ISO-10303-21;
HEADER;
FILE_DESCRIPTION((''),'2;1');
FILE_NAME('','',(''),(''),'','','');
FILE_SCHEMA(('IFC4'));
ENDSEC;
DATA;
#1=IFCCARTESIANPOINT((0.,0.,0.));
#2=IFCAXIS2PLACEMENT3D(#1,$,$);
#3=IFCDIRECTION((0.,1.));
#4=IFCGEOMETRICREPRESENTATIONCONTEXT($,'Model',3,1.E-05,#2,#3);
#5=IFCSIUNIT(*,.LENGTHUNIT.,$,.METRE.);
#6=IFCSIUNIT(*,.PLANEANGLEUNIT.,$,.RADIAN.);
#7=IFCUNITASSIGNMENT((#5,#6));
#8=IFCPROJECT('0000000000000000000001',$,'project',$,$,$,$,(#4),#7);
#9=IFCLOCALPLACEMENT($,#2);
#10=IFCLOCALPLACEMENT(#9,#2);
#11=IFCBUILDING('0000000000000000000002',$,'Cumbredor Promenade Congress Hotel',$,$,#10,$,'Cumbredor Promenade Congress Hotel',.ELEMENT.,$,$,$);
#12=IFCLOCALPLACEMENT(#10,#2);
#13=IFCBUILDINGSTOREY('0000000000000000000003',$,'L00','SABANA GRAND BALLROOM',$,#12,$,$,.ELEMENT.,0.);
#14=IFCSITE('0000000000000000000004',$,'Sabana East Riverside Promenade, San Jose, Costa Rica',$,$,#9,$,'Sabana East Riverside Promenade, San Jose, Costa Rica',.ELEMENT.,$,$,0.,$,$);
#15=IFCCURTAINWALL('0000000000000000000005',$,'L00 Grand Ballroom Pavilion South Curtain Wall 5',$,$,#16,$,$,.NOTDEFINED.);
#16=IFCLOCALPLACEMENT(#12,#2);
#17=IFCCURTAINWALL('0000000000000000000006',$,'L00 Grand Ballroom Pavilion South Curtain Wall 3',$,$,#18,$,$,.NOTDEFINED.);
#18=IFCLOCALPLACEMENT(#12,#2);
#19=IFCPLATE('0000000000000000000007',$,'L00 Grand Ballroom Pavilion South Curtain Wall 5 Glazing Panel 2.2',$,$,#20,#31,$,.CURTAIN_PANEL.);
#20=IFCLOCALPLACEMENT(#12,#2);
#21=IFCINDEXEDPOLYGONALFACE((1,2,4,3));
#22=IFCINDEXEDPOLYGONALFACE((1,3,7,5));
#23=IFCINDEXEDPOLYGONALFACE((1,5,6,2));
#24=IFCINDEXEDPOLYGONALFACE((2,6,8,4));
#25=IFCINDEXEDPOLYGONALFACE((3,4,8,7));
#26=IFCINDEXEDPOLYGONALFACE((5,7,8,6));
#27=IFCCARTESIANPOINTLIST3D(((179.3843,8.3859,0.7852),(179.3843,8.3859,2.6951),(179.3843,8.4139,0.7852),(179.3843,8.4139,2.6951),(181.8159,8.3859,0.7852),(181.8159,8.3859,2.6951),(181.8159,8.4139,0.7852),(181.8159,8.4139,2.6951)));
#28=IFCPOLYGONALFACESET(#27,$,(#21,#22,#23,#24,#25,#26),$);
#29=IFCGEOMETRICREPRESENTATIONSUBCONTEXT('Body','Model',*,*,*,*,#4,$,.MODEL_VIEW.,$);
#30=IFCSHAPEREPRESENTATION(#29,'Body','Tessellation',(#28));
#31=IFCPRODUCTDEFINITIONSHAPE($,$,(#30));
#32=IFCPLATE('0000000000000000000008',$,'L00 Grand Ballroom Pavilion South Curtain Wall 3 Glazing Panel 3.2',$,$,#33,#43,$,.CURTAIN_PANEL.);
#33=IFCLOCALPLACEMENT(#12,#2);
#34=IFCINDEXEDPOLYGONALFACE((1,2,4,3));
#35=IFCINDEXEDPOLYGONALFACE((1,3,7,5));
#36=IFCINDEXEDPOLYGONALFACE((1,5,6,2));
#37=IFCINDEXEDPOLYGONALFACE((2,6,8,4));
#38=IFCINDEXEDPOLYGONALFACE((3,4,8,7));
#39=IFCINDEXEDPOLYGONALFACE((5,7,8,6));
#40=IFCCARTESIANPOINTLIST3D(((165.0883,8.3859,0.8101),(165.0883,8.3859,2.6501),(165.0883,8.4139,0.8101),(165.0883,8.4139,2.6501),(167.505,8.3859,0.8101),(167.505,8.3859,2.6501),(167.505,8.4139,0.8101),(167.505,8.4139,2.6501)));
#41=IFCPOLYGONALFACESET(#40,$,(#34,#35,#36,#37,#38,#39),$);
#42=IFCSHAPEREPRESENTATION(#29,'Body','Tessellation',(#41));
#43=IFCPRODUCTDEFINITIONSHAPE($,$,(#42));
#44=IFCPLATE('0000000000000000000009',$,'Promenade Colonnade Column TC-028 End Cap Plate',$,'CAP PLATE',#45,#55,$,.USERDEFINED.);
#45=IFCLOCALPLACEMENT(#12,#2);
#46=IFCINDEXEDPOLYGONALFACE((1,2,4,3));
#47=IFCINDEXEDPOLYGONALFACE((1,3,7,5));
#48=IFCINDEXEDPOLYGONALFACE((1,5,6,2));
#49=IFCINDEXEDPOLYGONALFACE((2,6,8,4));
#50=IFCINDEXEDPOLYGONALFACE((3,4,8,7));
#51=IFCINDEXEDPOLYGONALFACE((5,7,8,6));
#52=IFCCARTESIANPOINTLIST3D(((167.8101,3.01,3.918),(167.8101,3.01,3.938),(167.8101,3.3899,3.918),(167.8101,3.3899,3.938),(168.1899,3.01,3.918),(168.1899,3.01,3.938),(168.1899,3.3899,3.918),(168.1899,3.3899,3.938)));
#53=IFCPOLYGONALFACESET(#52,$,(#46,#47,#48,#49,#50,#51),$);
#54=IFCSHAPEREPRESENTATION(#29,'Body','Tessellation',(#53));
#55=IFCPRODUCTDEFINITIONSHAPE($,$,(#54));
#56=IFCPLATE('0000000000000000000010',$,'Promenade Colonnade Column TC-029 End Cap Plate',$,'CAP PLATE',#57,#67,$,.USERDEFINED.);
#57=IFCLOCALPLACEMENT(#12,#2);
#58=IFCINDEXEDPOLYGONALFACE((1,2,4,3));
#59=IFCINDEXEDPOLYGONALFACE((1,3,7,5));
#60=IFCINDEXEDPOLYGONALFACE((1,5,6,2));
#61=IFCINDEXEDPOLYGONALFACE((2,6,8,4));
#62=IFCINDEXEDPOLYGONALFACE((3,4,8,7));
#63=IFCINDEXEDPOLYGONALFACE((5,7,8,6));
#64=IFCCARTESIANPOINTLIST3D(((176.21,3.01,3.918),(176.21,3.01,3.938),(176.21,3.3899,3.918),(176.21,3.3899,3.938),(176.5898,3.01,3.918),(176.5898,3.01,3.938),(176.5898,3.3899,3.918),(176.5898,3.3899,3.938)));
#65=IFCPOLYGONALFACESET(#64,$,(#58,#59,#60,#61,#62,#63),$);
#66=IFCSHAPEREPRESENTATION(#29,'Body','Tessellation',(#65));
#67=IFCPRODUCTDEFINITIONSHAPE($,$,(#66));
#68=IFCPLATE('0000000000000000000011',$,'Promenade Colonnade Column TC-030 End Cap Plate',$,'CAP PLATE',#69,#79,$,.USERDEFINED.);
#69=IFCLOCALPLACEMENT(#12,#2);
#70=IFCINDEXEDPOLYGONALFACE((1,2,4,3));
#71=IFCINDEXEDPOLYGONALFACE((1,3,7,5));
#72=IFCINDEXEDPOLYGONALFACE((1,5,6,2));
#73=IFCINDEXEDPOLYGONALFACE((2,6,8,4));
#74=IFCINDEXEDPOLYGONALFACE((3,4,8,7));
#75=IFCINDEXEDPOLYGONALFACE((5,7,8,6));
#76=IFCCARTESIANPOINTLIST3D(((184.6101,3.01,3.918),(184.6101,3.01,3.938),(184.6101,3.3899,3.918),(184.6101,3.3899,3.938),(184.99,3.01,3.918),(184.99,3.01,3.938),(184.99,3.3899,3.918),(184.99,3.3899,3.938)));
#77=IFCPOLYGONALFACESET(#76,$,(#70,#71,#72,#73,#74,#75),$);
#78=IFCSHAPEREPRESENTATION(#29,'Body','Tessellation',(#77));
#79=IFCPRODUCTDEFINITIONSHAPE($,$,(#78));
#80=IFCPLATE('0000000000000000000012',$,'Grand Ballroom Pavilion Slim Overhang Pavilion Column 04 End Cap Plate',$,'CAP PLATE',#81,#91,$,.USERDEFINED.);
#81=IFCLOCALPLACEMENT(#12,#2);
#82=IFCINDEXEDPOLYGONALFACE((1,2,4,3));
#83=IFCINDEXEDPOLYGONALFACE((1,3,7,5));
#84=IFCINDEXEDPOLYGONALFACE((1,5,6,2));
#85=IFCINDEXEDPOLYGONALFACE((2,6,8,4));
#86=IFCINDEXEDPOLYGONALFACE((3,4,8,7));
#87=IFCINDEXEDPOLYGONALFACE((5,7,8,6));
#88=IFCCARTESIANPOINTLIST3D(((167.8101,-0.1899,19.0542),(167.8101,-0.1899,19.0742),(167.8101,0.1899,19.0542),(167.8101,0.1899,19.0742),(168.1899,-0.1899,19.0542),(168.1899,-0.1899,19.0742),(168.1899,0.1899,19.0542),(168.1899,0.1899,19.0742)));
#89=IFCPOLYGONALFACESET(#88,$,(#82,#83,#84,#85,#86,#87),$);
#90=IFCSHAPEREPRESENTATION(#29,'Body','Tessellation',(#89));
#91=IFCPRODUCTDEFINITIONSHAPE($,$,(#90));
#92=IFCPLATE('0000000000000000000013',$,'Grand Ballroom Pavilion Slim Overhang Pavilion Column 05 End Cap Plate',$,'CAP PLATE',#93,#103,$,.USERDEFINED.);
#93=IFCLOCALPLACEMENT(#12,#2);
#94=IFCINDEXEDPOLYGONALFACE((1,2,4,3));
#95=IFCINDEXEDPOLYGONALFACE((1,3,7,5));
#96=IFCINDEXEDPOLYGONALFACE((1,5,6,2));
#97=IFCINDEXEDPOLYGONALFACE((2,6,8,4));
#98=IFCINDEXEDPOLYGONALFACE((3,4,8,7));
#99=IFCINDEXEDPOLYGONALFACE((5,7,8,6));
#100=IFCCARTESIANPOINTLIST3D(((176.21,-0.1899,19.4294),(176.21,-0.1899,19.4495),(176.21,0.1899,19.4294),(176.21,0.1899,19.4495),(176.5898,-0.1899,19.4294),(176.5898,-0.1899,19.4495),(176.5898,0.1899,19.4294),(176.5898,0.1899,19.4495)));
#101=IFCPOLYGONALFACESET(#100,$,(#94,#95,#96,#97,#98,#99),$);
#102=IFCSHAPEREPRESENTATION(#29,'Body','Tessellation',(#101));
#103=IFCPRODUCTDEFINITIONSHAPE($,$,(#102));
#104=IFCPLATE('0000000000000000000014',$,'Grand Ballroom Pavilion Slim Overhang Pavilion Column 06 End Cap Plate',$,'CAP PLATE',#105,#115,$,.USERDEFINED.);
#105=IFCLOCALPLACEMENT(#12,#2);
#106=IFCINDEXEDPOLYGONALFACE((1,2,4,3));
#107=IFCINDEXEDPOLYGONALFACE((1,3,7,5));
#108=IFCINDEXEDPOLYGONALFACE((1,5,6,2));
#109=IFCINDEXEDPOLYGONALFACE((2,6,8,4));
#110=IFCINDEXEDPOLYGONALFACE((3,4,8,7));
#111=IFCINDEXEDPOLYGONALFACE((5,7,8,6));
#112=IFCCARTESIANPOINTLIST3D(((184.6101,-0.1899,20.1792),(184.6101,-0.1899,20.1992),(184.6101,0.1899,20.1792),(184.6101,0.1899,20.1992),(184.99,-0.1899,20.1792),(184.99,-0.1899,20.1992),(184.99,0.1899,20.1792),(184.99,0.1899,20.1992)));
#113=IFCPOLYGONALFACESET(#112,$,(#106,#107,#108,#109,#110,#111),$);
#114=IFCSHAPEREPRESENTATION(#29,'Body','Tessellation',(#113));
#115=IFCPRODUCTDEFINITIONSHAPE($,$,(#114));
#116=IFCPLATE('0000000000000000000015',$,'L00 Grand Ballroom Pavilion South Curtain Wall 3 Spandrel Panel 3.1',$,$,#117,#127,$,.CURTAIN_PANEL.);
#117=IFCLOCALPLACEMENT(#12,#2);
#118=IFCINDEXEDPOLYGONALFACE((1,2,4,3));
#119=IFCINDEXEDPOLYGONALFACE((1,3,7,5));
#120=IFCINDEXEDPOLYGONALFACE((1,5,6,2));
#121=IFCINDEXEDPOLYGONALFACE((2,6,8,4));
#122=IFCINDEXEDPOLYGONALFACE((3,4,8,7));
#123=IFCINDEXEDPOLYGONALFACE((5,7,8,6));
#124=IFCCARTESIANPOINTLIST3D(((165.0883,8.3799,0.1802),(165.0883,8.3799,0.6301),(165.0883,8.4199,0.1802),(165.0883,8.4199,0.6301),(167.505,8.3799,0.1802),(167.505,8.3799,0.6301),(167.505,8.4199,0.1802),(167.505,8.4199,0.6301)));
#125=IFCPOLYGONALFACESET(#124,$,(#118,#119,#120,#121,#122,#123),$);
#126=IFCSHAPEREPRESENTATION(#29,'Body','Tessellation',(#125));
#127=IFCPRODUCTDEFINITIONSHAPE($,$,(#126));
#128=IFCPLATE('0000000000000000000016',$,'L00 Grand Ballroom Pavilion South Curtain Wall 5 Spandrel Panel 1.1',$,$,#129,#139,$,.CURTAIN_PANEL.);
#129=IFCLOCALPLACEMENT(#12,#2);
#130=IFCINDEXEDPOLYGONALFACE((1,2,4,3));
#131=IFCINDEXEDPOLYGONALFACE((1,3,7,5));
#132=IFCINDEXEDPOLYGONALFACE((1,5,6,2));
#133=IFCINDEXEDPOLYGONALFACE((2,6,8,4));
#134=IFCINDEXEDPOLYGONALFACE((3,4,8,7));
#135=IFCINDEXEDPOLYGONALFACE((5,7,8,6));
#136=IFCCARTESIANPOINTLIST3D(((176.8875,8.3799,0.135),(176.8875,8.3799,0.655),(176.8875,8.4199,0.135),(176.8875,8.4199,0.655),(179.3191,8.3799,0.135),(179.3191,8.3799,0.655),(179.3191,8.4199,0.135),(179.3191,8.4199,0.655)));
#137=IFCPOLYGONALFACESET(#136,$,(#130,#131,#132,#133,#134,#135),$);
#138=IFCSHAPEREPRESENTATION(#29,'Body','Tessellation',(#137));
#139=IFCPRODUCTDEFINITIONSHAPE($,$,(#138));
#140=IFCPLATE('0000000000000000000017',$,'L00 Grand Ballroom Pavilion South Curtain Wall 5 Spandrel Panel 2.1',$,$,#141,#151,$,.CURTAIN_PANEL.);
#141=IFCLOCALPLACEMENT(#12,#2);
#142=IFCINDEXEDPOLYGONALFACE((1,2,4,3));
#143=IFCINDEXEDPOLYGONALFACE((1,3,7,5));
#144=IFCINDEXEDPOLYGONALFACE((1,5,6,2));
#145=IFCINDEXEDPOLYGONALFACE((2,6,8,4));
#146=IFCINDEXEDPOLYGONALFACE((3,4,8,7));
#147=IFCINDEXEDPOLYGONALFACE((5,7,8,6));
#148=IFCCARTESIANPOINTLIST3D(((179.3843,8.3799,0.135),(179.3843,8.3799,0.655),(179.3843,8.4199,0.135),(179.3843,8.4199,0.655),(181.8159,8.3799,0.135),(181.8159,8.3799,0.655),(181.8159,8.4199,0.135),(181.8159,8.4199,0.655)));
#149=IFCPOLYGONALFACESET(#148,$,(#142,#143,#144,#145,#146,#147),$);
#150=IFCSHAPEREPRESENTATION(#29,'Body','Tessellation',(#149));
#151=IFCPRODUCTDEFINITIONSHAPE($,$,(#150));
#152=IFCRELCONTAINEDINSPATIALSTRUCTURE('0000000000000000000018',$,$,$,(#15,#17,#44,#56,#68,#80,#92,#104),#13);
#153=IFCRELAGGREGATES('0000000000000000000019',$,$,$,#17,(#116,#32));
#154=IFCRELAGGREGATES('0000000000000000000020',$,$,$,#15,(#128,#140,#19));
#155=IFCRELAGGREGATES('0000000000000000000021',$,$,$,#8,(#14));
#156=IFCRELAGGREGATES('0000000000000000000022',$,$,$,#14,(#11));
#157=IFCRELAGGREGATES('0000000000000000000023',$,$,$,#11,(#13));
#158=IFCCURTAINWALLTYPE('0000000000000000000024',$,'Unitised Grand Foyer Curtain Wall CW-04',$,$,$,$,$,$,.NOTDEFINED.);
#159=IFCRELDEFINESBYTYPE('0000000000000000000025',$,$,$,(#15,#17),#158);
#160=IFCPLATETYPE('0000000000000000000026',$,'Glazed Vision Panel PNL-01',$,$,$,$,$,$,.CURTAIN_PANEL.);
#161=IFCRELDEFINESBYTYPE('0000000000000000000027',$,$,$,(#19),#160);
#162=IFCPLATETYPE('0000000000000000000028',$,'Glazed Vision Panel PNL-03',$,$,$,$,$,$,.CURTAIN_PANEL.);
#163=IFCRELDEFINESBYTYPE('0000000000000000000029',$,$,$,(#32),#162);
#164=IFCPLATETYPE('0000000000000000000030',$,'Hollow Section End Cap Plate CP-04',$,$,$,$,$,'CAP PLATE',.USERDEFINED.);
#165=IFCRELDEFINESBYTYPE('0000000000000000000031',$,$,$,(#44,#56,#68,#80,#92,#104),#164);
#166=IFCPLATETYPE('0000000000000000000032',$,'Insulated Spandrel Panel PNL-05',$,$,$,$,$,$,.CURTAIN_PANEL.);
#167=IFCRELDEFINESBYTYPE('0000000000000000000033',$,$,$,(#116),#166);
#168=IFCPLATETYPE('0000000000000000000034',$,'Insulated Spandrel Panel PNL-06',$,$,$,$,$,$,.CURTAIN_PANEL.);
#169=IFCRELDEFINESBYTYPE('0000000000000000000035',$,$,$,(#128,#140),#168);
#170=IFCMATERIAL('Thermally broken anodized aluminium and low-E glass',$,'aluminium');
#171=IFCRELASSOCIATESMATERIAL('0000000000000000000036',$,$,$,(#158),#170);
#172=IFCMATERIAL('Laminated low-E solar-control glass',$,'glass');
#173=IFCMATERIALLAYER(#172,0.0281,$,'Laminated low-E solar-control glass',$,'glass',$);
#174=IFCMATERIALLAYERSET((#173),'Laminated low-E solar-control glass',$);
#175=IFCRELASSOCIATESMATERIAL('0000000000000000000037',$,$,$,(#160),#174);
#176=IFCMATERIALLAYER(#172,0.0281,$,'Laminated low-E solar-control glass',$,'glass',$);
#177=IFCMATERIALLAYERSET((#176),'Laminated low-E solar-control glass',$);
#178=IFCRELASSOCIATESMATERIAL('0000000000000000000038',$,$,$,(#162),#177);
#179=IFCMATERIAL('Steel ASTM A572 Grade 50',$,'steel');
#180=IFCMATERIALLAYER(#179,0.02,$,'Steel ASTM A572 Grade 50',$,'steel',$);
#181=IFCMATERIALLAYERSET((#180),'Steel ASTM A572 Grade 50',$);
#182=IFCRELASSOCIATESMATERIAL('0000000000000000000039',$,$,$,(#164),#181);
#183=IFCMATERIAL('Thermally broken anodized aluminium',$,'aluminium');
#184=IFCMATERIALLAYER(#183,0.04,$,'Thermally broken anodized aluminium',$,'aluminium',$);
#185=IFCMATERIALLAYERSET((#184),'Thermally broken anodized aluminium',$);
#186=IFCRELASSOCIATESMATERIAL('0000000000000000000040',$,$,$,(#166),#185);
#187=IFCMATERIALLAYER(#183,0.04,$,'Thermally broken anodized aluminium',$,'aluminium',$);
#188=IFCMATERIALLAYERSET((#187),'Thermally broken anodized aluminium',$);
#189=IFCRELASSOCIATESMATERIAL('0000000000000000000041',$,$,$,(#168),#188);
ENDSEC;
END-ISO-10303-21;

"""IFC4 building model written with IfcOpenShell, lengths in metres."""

from ifc_helpers import new_model, si_unit, direction, frame, origin, origin_2d, place, context, subcontext, project, spatial, rectangle, extrude, material, layer, layer_set, type_object, element, aggregate, save


model = new_model("IFC4")

# Units and contexts
model_context = context("Model", 3, precision=1e-05, world=origin(), true_north=direction((0.0, 1.0)))
body_context = subcontext(model_context, "Body", "Model", "MODEL_VIEW")
ifc_project = project(units=[si_unit("LENGTHUNIT", "METRE"), si_unit("PLANEANGLEUNIT", "RADIAN")], contexts=[model_context])

# Site, building, storey
site_placement = place(None, origin())
site = spatial("IfcSite", under=ifc_project, at=site_placement, Name="Sabana East Riverside Promenade, San Jose, Costa Rica", LongName="Sabana East Riverside Promenade, San Jose, Costa Rica", CompositionType="ELEMENT", RefElevation=0.0)
building_placement = place(site_placement, origin())
building = spatial("IfcBuilding", under=site, at=building_placement, Name="Cumbredor Promenade Congress Hotel", LongName="Cumbredor Promenade Congress Hotel", CompositionType="ELEMENT")
storey_placement = place(building_placement, origin())
storey = spatial("IfcBuildingStorey", under=building, at=storey_placement, Name="L00", Description="SABANA GRAND BALLROOM", CompositionType="ELEMENT", Elevation=0.0)

# Curtain walls
ifc_material_1 = material(Name="Thermally broken anodized aluminium and low-E glass", Category="aluminium")
curtain_wall_type = type_object("IfcCurtainWallType", Name="Unitised Grand Foyer Curtain Wall CW-04", PredefinedType="NOTDEFINED", material=ifc_material_1)
curtain_wall_1_placement = place(storey_placement, origin())
curtain_wall_1 = element("IfcCurtainWall", 1, at=curtain_wall_1_placement, inside=storey, type_object=curtain_wall_type, Name="L00 Grand Ballroom Pavilion South Curtain Wall 5", PredefinedType="NOTDEFINED")
ifc_material_2 = material(Name="Thermally broken anodized aluminium", Category="aluminium")
curtain_wall_2_placement = place(storey_placement, origin())
curtain_wall_2 = element("IfcCurtainWall", 2, at=curtain_wall_2_placement, inside=storey, type_object=curtain_wall_type, Name="L00 Grand Ballroom Pavilion South Curtain Wall 3", PredefinedType="NOTDEFINED")

# Plates
ifc_material_3 = material(Name="Laminated low-E solar-control glass", Category="glass")
ifc_layer_1 = layer(ifc_material_3, 0.0281, Name="Laminated low-E solar-control glass", Category="glass")
ifc_layer_set_1 = layer_set([ifc_layer_1], Name="Laminated low-E solar-control glass")
plate_type_1 = type_object("IfcPlateType", Name="Glazed Vision Panel PNL-01", PredefinedType="CURTAIN_PANEL", material=ifc_layer_set_1)
plate_1_placement = place(storey_placement, frame((180.6001, 8.3999, 0.7852), z_axis=(0.0, 0.0, 1.0), x_axis=(1.0, 0.0, 0.0)))
plate_1 = element("IfcPlate", 3, at=plate_1_placement, type_object=plate_type_1, Name="L00 Grand Ballroom Pavilion South Curtain Wall 5 Glazing Panel 2.2", PredefinedType="CURTAIN_PANEL", context=body_context, shape_type="SweptSolid", body=[
    extrude(rectangle(XDim=2.4316, YDim=0.0281, at=origin_2d()), origin(), (0.0, 0.0, 1.0), 1.9099),
])
ifc_layer_2 = layer(ifc_material_3, 0.0281, Name="Laminated low-E solar-control glass", Category="glass")
ifc_layer_set_2 = layer_set([ifc_layer_2], Name="Laminated low-E solar-control glass")
plate_type_2 = type_object("IfcPlateType", Name="Glazed Vision Panel PNL-03", PredefinedType="CURTAIN_PANEL", material=ifc_layer_set_2)
plate_2_placement = place(storey_placement, frame((166.2966, 8.3999, 0.8101), z_axis=(0.0, 0.0, 1.0), x_axis=(1.0, 0.0, 0.0)))
plate_2 = element("IfcPlate", 4, at=plate_2_placement, type_object=plate_type_2, Name="L00 Grand Ballroom Pavilion South Curtain Wall 3 Glazing Panel 3.2", PredefinedType="CURTAIN_PANEL", context=body_context, shape_type="SweptSolid", body=[
    extrude(rectangle(XDim=2.4167, YDim=0.0281, at=origin_2d()), origin(), (0.0, 0.0, 1.0), 1.8401),
])

# Plates
ifc_material_4 = material(Name="Steel ASTM A572 Grade 50", Category="steel")
ifc_layer_3 = layer(ifc_material_4, 0.02, Name="Steel ASTM A572 Grade 50", Category="steel")
ifc_layer_set_3 = layer_set([ifc_layer_3], Name="Steel ASTM A572 Grade 50")
plate_type_3 = type_object("IfcPlateType", Name="Hollow Section End Cap Plate CP-04", ElementType="CAP PLATE", PredefinedType="USERDEFINED", material=ifc_layer_set_3)
for number, where, z_axis, x_axis, name in (
    (5, (168.0, 3.2, 3.918), (0.0, 0.0, 1.0), (1.0, 0.0, 0.0), "Promenade Colonnade Column TC-028 End Cap Plate"),
    (6, (176.3999, 3.2, 3.918), (0.0, 0.0, 1.0), (1.0, 0.0, 0.0), "Promenade Colonnade Column TC-029 End Cap Plate"),
    (7, (184.8, 3.2, 3.918), (0.0, 0.0, 1.0), (1.0, 0.0, 0.0), "Promenade Colonnade Column TC-030 End Cap Plate"),
    (8, (168.0, 0.0, 19.0542), (0.0, 0.0, 1.0), (1.0, 0.0, 0.0), "Grand Ballroom Pavilion Slim Overhang Pavilion Column 04 End Cap Plate"),
    (9, (176.3999, 0.0, 19.4294), (0.0, 0.0, 1.0), (1.0, 0.0, 0.0), "Grand Ballroom Pavilion Slim Overhang Pavilion Column 05 End Cap Plate"),
    (10, (184.8, 0.0, 20.1792), (0.0, 0.0, 1.0), (1.0, 0.0, 0.0), "Grand Ballroom Pavilion Slim Overhang Pavilion Column 06 End Cap Plate"),
):
    element("IfcPlate", number, at=place(storey_placement, frame(where, z_axis=z_axis, x_axis=x_axis)), inside=storey, type_object=plate_type_3, Name=name, ObjectType="CAP PLATE", PredefinedType="USERDEFINED", context=body_context, shape_type="SweptSolid", body=[
        extrude(rectangle(XDim=0.3799, YDim=0.3799, at=origin_2d()), origin(), (0.0, 0.0, 1.0), 0.02),
    ])

# Plates
ifc_layer_4 = layer(ifc_material_2, 0.04, Name="Thermally broken anodized aluminium", Category="aluminium")
ifc_layer_set_4 = layer_set([ifc_layer_4], Name="Thermally broken anodized aluminium")
plate_type_4 = type_object("IfcPlateType", Name="Insulated Spandrel Panel PNL-05", PredefinedType="CURTAIN_PANEL", material=ifc_layer_set_4)
plate_3_placement = place(storey_placement, frame((166.2966, 8.3999, 0.1802), z_axis=(0.0, 0.0, 1.0), x_axis=(1.0, 0.0, 0.0)))
plate_3 = element("IfcPlate", 11, at=plate_3_placement, type_object=plate_type_4, Name="L00 Grand Ballroom Pavilion South Curtain Wall 3 Spandrel Panel 3.1", PredefinedType="CURTAIN_PANEL", context=body_context, shape_type="SweptSolid", body=[
    extrude(rectangle(XDim=2.4167, YDim=0.04, at=origin_2d()), origin(), (0.0, 0.0, 1.0), 0.45),
])
aggregate(curtain_wall_2, [plate_3, plate_2])
ifc_layer_5 = layer(ifc_material_2, 0.04, Name="Thermally broken anodized aluminium", Category="aluminium")
ifc_layer_set_5 = layer_set([ifc_layer_5], Name="Thermally broken anodized aluminium")
plate_type_5 = type_object("IfcPlateType", Name="Insulated Spandrel Panel PNL-06", PredefinedType="CURTAIN_PANEL", material=ifc_layer_set_5)
plate_4_placement = place(storey_placement, frame((178.1033, 8.3999, 0.135), z_axis=(0.0, 0.0, 1.0), x_axis=(1.0, 0.0, 0.0)))
plate_4 = element("IfcPlate", 12, at=plate_4_placement, type_object=plate_type_5, Name="L00 Grand Ballroom Pavilion South Curtain Wall 5 Spandrel Panel 1.1", PredefinedType="CURTAIN_PANEL", context=body_context, shape_type="SweptSolid", body=[
    extrude(rectangle(XDim=2.4316, YDim=0.04, at=origin_2d()), origin(), (0.0, 0.0, 1.0), 0.52),
])
plate_5_placement = place(storey_placement, frame((180.6001, 8.3999, 0.135), z_axis=(0.0, 0.0, 1.0), x_axis=(1.0, 0.0, 0.0)))
plate_5 = element("IfcPlate", 13, at=plate_5_placement, type_object=plate_type_5, Name="L00 Grand Ballroom Pavilion South Curtain Wall 5 Spandrel Panel 2.1", PredefinedType="CURTAIN_PANEL", context=body_context, shape_type="SweptSolid", body=[
    extrude(rectangle(XDim=2.4316, YDim=0.04, at=origin_2d()), origin(), (0.0, 0.0, 1.0), 0.52),
])
aggregate(curtain_wall_1, [plate_4, plate_5, plate_1])

save(model, "model.ifc")
